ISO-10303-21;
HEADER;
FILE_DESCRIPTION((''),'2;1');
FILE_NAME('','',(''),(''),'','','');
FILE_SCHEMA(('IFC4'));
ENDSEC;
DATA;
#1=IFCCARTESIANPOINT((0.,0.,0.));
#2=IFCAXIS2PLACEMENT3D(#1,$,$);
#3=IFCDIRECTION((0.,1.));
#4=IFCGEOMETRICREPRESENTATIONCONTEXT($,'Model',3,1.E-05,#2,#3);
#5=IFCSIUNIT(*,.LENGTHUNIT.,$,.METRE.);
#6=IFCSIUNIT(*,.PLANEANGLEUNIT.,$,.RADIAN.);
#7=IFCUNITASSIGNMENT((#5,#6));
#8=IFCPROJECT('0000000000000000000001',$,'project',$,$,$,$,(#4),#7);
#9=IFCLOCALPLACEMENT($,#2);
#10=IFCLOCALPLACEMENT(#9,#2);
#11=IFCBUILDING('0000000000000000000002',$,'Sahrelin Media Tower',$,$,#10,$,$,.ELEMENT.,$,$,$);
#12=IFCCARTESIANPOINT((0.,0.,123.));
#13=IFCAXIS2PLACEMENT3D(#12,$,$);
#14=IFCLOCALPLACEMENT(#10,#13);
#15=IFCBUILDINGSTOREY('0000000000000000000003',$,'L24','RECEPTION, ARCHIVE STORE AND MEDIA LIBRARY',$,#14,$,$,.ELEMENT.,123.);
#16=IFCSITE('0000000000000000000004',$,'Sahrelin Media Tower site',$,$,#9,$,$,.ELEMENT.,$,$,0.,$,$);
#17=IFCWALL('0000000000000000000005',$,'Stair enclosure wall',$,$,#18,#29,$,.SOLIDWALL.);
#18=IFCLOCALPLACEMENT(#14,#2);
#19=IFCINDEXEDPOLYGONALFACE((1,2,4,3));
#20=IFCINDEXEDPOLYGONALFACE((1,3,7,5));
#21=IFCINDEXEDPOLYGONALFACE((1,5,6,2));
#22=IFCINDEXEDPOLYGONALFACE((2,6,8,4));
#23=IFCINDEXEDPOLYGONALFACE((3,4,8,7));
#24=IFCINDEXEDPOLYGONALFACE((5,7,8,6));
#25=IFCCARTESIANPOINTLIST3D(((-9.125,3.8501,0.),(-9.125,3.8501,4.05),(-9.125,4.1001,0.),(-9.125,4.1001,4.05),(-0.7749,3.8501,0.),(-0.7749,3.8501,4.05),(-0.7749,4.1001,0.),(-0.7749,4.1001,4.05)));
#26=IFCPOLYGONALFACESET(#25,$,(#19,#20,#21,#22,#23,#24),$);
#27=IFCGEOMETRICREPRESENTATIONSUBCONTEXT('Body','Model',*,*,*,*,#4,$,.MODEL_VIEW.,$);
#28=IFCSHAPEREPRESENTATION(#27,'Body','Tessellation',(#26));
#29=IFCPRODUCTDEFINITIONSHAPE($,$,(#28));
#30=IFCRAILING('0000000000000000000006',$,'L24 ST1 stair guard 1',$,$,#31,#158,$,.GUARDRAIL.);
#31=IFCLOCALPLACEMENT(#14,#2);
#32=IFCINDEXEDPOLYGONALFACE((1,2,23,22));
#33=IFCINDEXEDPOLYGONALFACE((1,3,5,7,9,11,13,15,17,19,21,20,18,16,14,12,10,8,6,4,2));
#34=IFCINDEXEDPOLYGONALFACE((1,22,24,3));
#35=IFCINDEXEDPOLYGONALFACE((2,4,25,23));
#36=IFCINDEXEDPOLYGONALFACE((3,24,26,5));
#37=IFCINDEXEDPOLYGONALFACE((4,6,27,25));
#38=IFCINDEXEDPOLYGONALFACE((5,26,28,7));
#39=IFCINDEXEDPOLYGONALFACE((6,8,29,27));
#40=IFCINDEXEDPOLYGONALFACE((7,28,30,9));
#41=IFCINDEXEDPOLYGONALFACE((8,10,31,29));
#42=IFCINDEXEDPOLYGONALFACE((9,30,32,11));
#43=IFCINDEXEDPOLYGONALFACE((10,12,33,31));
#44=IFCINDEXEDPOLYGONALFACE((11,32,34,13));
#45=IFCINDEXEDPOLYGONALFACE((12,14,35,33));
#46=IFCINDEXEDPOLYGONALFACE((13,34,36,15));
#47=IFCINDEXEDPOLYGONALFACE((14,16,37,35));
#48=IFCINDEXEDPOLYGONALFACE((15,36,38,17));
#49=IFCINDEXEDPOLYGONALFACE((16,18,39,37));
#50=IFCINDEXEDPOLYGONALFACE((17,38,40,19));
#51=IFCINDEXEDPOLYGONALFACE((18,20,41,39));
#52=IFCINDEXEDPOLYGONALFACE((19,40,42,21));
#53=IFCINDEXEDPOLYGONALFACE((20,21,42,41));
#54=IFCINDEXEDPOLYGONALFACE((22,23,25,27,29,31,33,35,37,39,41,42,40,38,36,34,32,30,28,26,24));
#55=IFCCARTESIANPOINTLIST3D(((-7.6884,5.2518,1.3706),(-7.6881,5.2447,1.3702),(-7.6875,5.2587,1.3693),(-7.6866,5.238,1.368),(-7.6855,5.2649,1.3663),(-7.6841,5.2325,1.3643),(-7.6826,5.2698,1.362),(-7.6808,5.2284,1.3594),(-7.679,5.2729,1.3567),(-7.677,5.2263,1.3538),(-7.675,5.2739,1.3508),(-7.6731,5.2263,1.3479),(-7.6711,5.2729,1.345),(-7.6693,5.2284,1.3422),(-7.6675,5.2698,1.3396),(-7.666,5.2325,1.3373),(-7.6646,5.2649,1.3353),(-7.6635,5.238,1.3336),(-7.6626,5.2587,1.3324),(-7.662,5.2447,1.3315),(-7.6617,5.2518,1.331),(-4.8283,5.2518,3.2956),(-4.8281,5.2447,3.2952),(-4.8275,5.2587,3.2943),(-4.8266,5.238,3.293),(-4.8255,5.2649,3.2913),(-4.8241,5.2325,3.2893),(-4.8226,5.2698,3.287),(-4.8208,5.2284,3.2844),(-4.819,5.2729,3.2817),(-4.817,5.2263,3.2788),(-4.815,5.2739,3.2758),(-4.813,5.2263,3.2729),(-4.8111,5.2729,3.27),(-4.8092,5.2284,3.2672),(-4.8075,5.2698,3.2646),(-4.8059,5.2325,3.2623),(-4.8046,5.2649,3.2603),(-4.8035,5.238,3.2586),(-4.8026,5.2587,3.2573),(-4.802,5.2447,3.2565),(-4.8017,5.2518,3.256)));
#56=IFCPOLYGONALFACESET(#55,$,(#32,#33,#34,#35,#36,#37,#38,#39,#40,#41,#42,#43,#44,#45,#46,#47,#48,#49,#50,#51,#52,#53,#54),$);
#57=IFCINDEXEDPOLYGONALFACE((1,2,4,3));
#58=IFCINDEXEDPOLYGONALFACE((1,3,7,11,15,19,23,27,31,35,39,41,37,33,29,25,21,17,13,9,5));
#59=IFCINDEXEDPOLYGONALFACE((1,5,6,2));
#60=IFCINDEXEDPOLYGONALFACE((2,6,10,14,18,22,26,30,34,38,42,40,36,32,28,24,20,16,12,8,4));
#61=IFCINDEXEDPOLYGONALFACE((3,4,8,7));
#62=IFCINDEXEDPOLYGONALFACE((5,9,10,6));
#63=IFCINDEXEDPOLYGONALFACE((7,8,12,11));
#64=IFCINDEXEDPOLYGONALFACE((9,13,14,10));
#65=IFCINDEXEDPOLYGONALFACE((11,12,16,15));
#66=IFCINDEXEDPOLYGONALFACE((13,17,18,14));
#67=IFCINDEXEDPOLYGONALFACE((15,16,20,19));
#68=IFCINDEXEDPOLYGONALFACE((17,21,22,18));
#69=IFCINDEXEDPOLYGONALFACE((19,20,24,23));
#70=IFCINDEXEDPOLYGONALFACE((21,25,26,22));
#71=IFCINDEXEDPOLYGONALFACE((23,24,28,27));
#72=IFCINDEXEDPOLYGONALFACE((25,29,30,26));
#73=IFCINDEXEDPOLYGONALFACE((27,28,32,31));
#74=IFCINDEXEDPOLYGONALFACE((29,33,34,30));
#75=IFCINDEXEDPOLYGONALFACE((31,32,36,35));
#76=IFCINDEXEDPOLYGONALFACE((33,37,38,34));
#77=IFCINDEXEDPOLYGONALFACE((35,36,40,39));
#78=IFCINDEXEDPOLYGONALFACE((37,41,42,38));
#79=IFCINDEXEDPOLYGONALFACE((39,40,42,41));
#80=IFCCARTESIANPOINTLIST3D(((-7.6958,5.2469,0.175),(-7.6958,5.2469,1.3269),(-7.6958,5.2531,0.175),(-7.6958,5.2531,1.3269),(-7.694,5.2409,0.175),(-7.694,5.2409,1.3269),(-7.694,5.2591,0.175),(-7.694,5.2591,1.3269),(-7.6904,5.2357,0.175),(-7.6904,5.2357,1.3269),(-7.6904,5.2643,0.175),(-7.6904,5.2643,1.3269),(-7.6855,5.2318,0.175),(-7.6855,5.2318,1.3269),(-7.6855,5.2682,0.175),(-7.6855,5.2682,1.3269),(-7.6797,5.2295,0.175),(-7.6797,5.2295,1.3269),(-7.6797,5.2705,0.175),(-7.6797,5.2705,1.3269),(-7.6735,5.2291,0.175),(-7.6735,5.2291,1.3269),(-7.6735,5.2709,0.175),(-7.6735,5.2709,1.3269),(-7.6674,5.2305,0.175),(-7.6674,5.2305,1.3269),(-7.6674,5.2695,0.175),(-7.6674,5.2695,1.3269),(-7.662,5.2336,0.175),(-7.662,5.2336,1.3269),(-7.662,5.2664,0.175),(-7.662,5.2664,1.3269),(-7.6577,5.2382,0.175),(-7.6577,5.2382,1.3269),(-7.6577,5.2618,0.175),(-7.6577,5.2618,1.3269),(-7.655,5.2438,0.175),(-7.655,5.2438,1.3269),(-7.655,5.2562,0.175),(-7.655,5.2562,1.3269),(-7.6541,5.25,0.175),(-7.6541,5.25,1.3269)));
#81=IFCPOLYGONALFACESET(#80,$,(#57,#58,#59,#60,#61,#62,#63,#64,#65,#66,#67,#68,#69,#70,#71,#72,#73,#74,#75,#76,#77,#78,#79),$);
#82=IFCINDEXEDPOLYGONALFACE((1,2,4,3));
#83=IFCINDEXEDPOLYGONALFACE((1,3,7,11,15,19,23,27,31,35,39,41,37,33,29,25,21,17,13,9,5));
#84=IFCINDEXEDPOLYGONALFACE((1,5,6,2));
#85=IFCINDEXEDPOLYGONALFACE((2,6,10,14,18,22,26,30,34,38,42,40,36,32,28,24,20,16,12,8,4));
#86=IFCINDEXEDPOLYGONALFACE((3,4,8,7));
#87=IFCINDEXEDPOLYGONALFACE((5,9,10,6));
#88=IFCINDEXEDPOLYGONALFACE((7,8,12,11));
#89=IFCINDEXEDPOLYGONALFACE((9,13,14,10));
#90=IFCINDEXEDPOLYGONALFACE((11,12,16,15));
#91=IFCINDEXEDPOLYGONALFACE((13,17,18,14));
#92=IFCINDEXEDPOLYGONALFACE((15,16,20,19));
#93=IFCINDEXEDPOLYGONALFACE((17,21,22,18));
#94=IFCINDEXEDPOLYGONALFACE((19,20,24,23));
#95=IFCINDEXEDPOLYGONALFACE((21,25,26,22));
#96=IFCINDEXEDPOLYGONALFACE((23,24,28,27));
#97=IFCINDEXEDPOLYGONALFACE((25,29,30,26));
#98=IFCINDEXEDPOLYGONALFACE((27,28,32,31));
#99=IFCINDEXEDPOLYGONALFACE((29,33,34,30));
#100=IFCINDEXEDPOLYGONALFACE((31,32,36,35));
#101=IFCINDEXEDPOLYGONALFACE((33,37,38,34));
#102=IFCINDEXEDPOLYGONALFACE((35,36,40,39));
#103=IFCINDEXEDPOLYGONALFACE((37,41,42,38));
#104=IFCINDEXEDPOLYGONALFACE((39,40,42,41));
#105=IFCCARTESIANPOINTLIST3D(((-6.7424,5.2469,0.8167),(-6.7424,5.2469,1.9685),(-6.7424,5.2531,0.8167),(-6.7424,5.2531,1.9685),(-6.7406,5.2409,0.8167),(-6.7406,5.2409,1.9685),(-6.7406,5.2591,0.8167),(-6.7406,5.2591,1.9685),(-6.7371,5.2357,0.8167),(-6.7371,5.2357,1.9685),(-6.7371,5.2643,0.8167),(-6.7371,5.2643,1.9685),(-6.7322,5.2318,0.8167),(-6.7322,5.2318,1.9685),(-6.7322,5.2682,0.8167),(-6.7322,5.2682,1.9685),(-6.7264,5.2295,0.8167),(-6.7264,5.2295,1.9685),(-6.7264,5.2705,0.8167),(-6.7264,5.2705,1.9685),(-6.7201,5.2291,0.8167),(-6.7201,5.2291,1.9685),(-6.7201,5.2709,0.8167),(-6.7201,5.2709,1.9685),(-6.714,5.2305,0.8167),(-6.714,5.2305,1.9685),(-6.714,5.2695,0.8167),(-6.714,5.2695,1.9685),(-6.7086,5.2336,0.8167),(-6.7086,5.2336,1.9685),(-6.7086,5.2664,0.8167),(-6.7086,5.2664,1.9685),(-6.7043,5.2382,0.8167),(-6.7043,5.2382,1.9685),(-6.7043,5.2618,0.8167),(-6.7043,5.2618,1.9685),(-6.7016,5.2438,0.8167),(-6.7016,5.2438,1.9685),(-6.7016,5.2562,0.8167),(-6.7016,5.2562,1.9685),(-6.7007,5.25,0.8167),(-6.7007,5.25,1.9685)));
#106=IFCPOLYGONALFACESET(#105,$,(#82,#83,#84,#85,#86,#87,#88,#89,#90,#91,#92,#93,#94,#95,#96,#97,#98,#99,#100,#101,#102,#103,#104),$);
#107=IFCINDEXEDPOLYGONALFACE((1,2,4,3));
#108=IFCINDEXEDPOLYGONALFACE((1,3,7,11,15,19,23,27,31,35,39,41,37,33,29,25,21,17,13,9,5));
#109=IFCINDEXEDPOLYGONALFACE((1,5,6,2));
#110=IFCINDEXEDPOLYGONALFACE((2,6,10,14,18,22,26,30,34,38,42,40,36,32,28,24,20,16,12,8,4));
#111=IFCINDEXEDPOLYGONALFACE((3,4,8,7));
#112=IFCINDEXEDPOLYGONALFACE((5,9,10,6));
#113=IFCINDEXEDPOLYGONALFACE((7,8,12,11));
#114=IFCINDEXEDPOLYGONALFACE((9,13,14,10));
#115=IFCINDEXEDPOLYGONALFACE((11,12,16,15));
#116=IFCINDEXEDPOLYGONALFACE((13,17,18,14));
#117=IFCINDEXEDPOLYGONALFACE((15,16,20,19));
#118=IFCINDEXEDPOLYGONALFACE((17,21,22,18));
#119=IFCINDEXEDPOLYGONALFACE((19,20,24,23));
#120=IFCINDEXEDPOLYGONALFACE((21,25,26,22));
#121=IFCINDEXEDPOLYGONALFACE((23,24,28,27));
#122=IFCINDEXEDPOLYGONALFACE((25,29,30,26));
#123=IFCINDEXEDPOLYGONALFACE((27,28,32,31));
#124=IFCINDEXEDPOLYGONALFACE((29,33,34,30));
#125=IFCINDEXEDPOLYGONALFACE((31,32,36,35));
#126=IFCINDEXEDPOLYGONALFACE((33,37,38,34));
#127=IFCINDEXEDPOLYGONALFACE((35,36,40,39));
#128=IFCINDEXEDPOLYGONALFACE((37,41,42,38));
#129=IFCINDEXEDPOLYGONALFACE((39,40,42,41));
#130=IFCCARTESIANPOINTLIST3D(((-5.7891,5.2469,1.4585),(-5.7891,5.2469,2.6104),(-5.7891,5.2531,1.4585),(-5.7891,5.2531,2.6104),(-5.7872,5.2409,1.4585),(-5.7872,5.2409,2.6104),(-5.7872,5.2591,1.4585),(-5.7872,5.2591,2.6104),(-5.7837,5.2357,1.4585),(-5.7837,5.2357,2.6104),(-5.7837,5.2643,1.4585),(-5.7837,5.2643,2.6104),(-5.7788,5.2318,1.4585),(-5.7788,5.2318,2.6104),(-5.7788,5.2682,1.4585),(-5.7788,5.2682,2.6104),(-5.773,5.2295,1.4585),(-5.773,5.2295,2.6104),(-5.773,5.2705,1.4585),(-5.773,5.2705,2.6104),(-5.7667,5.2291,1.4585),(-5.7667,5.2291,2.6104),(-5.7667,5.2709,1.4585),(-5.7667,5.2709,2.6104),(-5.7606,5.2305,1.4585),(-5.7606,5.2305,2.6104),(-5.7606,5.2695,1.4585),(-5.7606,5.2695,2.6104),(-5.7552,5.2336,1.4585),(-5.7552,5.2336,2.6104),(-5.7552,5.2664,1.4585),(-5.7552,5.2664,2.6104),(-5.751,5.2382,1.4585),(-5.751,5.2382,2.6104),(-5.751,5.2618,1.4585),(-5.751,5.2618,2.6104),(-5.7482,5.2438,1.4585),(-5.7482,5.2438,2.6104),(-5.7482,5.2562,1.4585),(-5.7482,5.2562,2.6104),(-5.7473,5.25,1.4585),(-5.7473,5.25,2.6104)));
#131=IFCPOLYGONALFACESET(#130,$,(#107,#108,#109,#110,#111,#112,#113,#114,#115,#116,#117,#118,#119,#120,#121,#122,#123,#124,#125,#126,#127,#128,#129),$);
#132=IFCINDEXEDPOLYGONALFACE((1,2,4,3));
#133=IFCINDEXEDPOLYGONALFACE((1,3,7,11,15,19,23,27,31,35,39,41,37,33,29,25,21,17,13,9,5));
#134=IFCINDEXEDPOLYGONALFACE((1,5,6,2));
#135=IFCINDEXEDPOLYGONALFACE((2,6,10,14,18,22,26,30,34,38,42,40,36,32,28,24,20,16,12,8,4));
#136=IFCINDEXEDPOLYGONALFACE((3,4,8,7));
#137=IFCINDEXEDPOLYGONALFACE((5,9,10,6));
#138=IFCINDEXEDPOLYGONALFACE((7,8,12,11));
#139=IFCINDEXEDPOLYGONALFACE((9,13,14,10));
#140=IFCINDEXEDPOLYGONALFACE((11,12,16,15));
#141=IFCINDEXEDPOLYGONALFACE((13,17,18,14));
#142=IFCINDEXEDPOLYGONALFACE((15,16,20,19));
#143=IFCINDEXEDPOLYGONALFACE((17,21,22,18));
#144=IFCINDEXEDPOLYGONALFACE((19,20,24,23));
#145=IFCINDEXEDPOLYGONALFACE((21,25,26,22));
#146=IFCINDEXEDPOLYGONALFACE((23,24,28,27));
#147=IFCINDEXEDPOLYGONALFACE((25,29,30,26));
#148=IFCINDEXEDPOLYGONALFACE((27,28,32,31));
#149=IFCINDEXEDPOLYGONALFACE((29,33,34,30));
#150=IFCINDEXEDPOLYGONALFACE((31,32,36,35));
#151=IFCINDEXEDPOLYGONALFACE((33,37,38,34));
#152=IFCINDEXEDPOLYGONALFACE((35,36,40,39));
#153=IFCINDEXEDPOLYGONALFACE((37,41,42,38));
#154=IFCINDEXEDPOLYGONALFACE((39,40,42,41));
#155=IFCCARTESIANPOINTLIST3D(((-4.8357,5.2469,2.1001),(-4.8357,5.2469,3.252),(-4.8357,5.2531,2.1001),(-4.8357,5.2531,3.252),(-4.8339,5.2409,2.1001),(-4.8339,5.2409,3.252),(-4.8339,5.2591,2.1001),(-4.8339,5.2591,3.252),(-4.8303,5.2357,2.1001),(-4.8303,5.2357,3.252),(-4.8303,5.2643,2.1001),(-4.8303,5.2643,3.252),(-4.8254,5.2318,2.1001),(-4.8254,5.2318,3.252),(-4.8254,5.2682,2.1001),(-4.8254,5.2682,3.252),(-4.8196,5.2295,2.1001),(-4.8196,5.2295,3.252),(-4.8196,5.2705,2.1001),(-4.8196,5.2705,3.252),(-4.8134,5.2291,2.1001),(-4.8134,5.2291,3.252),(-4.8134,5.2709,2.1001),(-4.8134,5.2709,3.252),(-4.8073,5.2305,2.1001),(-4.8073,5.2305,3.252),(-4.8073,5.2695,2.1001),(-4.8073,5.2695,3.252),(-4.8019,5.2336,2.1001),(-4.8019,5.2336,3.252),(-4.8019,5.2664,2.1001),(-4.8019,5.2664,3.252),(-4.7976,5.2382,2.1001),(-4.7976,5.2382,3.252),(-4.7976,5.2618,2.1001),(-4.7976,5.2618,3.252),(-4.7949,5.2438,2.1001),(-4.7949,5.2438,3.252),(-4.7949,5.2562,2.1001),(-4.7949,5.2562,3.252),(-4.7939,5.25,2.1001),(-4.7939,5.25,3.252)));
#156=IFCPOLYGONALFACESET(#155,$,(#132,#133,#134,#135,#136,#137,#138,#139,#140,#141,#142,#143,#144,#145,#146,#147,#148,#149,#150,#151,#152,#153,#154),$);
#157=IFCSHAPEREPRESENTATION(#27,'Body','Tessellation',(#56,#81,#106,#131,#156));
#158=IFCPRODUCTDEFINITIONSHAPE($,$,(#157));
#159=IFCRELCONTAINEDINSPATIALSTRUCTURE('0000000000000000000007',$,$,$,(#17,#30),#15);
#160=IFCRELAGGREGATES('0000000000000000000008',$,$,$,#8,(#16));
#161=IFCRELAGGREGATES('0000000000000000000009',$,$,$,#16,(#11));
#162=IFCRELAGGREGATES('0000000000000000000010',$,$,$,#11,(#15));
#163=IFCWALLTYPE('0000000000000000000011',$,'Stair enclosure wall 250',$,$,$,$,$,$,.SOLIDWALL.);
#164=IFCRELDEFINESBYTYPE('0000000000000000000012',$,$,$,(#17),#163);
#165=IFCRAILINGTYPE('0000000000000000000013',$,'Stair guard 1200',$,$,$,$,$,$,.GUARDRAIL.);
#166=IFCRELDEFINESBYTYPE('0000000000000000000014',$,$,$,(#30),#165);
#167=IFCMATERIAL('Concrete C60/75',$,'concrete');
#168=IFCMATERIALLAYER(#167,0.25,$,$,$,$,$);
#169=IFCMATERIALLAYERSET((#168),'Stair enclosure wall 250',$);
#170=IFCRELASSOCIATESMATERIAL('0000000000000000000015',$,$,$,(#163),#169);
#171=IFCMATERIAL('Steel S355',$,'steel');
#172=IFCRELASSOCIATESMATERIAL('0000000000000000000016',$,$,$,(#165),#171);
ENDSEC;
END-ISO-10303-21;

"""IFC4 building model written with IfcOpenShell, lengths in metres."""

from ifc_helpers import new_model, si_unit, direction, frame, frame_2d, origin, origin_2d, place, context, subcontext, project, spatial, rectangle, circle, extrude, material, layer, layer_set, type_object, element, save


model = new_model("IFC4")

# Units and contexts
model_context = context("Model", 3, precision=1e-05, world=origin(), true_north=direction((0.0, 1.0)))
body_context = subcontext(model_context, "Body", "Model", "MODEL_VIEW")
ifc_project = project(units=[si_unit("LENGTHUNIT", "METRE"), si_unit("PLANEANGLEUNIT", "RADIAN")], contexts=[model_context])

# Site, building, storey
site_placement = place(None, origin())
site = spatial("IfcSite", under=ifc_project, at=site_placement, Name="Sahrelin Media Tower site", CompositionType="ELEMENT", RefElevation=0.0)
building_placement = place(site_placement, origin())
building = spatial("IfcBuilding", under=site, at=building_placement, Name="Sahrelin Media Tower", CompositionType="ELEMENT")
storey_placement = place(building_placement, frame((0.0, 0.0, 123.0)))
storey = spatial("IfcBuildingStorey", under=building, at=storey_placement, Name="L24", Description="RECEPTION, ARCHIVE STORE AND MEDIA LIBRARY", CompositionType="ELEMENT", Elevation=123.0)

# Shared definitions
ifc_material_1 = material(Name="Steel S355", Category="steel")

# Shared definitions
ifc_material_2 = material(Name="Concrete C60/75", Category="concrete")

# Shared definitions
ifc_layer_1 = layer(ifc_material_2, 0.25)
ifc_layer_set_1 = layer_set([ifc_layer_1], Name="Stair enclosure wall 250")
wall_type_1 = type_object("IfcWallType", Name="Stair enclosure wall 250", PredefinedType="SOLIDWALL", material=ifc_layer_set_1)

# Wall
wall_1_placement = place(storey_placement, frame((-9.125, 3.9751, 0.0), z_axis=(0.0, 0.0, 1.0), x_axis=(1.0, 0.0, 0.0)))
element("IfcWall", 1, at=wall_1_placement, inside=storey, type_object=wall_type_1, Name="Stair enclosure wall", PredefinedType="SOLIDWALL", context=body_context, shape_type="SweptSolid", body=[
    extrude(rectangle(XDim=8.3501, YDim=0.25, at=frame_2d((4.175, 0.0))), origin(), (0.0, 0.0, 1.0), 4.05),
])

# Railing
railing_type_1 = type_object("IfcRailingType", Name="Stair guard 1200", PredefinedType="GUARDRAIL", material=ifc_material_1)
railing_1_placement = place(storey_placement, frame((-7.675, 5.25, 0.175)))
element("IfcRailing", 2, at=railing_1_placement, inside=storey, type_object=railing_type_1, Name="L24 ST1 stair guard 1", PredefinedType="GUARDRAIL", context=body_context, shape_type="SweptSolid", body=[
    extrude(circle(Radius=0.0239, at=origin_2d()), frame((0.0, 0.0, 1.1758), z_axis=(0.829591, 0.0, 0.558372), x_axis=(0.0, 1.0, 0.0)), (0.0, 0.0, 1.0), 3.4475),
    extrude(circle(Radius=0.021, at=origin_2d()), origin(), (0.0, 0.0, 1.0), 1.1519),
    extrude(circle(Radius=0.021, at=origin_2d()), frame((0.9534, 0.0, 0.6416)), (0.0, 0.0, 1.0), 1.1519),
    extrude(circle(Radius=0.021, at=origin_2d()), frame((1.9067, 0.0, 1.2834)), (0.0, 0.0, 1.0), 1.1519),
    extrude(circle(Radius=0.021, at=origin_2d()), frame((2.8601, 0.0, 1.925)), (0.0, 0.0, 1.0), 1.1519),
])

save(model, "model.ifc")
